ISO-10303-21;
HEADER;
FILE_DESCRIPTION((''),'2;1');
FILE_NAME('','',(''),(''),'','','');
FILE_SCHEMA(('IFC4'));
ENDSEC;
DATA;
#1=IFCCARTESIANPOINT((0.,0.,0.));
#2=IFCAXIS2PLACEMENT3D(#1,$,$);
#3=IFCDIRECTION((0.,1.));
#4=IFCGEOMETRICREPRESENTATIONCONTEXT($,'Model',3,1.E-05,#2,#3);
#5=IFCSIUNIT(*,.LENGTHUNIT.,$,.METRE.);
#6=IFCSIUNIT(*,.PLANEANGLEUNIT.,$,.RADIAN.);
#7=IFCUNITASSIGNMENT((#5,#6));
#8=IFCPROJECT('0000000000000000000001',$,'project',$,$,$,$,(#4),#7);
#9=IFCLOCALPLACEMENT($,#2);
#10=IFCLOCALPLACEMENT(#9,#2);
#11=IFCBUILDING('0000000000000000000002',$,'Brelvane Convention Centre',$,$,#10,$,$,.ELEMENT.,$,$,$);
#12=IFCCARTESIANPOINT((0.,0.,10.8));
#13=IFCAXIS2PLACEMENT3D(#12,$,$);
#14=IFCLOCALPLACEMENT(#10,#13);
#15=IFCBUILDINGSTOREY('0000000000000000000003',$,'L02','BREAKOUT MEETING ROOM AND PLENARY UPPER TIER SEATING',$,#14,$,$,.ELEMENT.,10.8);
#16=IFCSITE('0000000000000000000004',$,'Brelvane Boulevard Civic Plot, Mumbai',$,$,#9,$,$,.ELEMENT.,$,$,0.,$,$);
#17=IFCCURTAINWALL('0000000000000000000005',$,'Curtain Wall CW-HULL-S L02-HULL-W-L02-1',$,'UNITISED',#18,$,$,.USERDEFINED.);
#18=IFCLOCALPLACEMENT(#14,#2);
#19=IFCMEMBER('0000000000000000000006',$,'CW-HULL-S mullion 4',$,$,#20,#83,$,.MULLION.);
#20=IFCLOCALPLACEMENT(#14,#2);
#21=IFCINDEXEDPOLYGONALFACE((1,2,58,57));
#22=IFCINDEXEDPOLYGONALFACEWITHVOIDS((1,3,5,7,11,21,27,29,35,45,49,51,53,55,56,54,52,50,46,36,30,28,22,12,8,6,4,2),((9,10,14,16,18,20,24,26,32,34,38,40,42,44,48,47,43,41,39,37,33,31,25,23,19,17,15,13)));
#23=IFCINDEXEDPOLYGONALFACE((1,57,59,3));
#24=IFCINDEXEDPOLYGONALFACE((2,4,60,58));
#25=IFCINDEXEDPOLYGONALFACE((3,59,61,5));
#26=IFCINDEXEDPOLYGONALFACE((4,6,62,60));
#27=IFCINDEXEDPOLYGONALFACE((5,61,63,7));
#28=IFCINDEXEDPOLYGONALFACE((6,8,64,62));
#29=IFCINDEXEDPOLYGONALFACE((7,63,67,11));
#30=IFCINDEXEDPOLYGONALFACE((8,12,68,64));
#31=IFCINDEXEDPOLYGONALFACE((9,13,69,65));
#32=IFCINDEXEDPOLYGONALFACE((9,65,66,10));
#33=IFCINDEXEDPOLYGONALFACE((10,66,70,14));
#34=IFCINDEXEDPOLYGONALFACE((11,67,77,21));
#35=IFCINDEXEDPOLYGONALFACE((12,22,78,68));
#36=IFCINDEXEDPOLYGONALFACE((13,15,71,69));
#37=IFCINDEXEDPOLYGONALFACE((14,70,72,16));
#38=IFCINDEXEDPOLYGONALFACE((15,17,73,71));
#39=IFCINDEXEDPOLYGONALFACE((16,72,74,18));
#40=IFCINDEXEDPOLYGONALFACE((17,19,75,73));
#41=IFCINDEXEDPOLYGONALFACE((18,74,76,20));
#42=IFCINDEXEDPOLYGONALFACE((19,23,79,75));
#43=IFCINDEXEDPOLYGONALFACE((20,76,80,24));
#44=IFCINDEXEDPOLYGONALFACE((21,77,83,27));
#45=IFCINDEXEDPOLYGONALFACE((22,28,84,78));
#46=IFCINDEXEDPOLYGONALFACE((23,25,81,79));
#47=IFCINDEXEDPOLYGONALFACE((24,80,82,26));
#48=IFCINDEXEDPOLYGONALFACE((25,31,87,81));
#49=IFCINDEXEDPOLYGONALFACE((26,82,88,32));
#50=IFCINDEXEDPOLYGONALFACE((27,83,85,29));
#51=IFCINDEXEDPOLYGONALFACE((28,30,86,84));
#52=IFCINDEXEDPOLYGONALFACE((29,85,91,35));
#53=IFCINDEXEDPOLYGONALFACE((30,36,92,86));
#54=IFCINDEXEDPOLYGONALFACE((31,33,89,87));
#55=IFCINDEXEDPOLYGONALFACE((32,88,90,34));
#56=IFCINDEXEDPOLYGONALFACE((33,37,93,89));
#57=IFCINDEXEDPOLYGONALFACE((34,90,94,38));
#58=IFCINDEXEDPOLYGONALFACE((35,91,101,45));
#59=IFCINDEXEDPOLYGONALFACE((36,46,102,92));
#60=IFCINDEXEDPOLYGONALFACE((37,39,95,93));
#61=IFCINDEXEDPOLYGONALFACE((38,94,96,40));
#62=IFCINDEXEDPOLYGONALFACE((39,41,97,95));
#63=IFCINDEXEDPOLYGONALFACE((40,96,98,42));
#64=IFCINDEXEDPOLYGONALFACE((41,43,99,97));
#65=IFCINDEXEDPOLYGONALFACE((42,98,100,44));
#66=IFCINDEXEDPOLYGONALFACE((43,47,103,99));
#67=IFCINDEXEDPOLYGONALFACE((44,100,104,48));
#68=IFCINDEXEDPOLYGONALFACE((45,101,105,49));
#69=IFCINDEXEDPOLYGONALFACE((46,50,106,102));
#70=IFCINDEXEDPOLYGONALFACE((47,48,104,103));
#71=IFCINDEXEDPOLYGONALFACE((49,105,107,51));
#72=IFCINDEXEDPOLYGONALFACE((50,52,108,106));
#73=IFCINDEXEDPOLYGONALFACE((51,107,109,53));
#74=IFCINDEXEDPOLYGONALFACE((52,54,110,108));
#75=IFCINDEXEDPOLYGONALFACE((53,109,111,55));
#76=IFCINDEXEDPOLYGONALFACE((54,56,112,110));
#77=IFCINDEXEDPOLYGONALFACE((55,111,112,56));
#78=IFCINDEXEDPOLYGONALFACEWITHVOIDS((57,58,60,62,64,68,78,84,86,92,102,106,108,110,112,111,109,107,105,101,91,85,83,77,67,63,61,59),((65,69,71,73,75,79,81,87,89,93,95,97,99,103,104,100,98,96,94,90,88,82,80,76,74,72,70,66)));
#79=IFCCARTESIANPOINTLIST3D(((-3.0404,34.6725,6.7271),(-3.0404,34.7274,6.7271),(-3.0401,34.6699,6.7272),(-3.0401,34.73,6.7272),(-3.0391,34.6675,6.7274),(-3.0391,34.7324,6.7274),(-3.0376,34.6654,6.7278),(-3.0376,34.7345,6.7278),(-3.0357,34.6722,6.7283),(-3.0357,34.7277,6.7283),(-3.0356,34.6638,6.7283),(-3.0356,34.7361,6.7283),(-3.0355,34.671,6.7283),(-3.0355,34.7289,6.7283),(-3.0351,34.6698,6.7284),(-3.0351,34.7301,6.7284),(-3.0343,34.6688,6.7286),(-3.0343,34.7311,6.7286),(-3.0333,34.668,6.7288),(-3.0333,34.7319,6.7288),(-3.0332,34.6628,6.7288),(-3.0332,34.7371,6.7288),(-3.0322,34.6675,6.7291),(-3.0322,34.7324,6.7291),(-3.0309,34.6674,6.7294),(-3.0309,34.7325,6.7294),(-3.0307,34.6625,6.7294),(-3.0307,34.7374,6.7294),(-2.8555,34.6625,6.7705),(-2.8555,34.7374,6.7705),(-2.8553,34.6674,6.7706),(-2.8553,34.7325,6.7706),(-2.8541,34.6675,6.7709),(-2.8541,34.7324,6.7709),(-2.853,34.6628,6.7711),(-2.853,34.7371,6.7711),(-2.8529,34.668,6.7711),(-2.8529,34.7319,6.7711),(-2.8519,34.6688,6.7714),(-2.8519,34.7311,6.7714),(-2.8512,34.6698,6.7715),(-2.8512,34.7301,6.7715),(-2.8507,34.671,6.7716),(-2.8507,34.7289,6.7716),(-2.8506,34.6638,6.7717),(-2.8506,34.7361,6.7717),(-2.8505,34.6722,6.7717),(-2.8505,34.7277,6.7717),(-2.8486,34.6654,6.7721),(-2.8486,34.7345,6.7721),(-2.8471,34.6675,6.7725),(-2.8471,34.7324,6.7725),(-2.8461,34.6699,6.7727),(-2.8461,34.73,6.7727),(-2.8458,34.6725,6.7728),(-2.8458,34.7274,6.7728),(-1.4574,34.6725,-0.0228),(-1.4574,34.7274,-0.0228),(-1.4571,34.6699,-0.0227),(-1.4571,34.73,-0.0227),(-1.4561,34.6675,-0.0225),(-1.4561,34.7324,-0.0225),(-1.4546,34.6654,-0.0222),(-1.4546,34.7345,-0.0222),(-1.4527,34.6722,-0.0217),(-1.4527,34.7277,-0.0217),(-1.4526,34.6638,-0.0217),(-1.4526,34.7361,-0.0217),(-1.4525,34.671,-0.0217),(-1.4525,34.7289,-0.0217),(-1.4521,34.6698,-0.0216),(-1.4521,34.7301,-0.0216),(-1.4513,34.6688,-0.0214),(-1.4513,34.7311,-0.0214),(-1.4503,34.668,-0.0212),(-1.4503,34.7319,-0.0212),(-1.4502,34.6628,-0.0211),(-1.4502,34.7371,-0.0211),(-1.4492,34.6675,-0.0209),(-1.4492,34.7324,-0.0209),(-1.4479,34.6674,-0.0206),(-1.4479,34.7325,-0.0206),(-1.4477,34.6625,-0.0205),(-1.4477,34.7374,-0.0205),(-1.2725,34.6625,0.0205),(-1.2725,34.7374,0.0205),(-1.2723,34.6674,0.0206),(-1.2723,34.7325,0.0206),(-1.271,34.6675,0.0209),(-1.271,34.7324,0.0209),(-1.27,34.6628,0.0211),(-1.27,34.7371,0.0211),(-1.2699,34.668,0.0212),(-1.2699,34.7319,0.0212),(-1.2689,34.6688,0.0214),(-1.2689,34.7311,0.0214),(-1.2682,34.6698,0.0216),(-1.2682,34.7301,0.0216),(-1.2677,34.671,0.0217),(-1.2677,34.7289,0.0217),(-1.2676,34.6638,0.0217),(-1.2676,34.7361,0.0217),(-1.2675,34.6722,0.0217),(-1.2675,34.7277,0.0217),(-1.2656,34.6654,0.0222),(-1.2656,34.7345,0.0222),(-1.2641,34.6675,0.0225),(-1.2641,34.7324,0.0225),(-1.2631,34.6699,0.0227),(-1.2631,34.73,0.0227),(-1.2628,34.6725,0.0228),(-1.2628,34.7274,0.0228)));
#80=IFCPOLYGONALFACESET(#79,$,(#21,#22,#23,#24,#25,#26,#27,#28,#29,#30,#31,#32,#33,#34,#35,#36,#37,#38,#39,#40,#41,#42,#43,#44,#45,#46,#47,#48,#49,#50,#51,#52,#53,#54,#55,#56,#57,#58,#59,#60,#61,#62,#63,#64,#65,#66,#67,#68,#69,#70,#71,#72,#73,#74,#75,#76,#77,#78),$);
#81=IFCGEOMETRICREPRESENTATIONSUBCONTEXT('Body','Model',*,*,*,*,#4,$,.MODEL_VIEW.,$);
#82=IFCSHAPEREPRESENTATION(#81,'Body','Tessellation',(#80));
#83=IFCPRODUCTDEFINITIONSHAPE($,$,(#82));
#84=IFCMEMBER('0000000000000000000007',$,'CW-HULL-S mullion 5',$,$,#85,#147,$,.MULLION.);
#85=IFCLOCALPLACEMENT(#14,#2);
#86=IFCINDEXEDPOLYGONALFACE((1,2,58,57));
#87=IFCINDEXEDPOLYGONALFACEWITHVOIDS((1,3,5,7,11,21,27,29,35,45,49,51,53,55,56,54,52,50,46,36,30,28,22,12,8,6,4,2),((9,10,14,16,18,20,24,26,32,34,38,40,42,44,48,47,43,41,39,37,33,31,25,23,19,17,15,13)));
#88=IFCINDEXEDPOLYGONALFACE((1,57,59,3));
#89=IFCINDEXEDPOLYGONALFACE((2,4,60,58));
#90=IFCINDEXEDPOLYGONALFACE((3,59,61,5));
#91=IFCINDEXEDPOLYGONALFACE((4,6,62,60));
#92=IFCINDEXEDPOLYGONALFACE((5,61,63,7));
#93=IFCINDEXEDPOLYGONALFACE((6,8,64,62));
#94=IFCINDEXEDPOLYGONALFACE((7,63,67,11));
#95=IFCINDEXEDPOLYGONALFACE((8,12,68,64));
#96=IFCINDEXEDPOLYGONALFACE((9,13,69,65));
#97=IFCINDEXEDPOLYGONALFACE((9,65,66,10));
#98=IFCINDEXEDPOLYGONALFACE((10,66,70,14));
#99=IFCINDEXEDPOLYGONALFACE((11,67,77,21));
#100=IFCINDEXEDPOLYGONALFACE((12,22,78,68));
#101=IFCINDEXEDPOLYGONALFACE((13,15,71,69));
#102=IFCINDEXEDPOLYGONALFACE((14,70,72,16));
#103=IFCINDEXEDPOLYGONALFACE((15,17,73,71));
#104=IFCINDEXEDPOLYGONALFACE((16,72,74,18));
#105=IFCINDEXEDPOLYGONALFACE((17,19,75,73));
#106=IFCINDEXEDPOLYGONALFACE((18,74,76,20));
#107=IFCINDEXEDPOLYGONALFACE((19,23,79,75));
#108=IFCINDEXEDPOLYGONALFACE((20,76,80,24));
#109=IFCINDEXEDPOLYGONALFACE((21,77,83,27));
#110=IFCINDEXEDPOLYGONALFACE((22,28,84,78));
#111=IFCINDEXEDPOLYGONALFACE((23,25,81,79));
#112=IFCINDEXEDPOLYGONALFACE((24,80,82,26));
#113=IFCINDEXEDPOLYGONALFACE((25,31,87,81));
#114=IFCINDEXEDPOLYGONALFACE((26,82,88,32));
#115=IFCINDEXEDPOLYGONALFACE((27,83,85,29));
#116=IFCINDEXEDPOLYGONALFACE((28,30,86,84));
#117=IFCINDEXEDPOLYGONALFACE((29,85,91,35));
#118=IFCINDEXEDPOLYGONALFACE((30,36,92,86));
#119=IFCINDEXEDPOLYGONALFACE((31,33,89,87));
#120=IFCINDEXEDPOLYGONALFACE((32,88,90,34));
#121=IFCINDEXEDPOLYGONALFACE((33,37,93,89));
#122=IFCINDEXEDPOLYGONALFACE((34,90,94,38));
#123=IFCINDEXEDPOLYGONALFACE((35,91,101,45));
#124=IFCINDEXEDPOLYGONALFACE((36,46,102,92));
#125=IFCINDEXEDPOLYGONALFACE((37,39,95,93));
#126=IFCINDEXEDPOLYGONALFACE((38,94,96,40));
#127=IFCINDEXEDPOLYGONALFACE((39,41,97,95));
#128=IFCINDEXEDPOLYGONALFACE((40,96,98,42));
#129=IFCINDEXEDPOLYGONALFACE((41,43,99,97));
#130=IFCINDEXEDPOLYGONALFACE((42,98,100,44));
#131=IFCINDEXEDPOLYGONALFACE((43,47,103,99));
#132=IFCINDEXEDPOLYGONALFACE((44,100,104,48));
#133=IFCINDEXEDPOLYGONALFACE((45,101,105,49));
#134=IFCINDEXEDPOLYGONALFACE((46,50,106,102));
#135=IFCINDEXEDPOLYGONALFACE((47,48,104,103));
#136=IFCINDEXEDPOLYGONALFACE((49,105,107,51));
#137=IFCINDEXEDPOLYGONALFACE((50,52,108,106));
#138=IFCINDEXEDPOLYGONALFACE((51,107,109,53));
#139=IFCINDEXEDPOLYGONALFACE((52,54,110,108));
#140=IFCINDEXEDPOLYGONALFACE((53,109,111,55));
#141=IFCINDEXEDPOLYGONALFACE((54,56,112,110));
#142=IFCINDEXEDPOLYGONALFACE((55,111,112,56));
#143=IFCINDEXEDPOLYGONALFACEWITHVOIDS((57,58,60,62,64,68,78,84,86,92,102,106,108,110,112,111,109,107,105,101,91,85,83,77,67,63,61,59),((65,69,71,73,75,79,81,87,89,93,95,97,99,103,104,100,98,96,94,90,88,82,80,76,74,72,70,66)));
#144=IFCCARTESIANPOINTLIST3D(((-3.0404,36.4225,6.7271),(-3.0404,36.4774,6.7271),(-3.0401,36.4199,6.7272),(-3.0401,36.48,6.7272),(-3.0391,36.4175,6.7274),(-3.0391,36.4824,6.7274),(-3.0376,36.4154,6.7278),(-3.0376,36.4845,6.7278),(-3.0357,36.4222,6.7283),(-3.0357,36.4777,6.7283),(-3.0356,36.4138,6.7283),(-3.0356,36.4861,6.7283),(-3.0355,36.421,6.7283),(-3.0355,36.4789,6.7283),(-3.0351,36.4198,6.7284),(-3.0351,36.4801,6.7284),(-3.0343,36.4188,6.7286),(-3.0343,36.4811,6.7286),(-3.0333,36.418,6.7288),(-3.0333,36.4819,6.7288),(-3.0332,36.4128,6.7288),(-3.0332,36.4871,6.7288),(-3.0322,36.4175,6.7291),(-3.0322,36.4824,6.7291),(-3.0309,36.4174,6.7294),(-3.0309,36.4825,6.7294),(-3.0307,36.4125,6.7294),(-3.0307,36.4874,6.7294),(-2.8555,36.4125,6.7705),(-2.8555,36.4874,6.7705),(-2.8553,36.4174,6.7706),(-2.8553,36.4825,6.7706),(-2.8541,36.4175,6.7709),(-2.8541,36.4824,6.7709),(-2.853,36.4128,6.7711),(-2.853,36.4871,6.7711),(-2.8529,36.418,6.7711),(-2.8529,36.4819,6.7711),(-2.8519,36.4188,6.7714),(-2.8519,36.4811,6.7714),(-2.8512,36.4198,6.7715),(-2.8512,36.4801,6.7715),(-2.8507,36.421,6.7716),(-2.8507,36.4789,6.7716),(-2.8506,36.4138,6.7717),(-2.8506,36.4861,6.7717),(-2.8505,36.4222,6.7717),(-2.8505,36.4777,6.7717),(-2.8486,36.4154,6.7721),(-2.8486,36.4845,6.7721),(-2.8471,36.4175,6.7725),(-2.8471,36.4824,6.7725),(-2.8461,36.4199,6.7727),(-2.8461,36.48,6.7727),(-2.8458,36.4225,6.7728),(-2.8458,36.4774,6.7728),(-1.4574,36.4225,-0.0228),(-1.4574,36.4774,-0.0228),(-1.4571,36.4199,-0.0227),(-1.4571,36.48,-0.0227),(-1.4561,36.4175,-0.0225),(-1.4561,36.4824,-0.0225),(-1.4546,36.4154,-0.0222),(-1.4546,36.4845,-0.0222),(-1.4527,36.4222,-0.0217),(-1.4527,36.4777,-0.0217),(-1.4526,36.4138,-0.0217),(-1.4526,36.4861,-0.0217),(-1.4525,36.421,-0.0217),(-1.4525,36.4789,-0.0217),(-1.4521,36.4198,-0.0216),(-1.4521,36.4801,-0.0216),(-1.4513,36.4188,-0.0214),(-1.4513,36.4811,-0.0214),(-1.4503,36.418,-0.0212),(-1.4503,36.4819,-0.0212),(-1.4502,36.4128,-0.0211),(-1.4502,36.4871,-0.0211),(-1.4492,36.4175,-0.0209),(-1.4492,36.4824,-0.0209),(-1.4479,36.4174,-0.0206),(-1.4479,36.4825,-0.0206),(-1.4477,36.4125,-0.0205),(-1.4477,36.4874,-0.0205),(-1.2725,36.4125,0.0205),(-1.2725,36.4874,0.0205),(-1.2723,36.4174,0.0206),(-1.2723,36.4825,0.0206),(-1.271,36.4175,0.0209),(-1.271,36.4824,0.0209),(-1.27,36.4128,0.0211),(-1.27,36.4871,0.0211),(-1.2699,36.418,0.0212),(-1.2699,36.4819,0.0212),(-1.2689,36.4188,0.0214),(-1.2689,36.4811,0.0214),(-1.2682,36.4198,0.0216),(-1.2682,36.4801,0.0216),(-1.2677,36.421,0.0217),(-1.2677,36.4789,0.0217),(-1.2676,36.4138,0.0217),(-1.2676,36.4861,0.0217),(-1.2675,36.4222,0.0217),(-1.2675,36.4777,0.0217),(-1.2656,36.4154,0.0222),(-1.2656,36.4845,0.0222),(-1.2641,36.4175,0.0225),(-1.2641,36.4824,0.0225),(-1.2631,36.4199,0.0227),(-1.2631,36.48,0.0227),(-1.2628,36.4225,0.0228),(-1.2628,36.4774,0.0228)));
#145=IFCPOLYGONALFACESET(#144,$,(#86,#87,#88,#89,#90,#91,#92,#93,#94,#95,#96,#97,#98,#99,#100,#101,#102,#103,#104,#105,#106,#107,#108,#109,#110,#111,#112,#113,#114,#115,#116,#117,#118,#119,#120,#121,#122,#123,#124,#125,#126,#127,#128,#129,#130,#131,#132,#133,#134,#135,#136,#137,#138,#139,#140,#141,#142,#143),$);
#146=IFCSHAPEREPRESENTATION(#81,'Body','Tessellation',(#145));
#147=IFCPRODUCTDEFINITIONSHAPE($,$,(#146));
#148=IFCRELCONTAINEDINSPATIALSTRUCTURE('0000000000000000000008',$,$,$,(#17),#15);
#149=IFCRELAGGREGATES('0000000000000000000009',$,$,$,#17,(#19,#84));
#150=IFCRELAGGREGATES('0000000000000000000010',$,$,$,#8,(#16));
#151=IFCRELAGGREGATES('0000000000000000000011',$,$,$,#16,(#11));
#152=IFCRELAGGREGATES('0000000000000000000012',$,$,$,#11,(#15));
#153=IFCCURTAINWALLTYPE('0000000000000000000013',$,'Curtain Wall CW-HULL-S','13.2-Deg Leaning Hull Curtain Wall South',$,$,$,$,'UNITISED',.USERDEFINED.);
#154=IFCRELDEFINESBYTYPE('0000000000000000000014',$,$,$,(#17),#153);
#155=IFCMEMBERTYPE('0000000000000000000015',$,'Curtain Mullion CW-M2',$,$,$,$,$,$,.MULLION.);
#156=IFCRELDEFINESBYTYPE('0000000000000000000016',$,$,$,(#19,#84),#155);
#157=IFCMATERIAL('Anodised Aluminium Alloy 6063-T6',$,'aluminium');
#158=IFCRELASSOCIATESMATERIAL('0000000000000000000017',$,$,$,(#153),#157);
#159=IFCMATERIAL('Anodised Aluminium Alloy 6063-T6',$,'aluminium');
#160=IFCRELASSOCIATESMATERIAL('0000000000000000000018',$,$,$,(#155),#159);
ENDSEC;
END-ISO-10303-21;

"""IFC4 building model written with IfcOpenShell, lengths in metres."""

from ifc_helpers import new_model, si_unit, direction, frame, origin, origin_2d, place, context, subcontext, project, spatial, hollow_rectangle, extrude, material, material_profile, profile_set, type_object, element, aggregate, save


model = new_model("IFC4")

# Units and contexts
model_context = context("Model", 3, precision=1e-05, world=origin(), true_north=direction((0.0, 1.0)))
body_context = subcontext(model_context, "Body", "Model", "MODEL_VIEW")
ifc_project = project(units=[si_unit("LENGTHUNIT", "METRE"), si_unit("PLANEANGLEUNIT", "RADIAN")], contexts=[model_context])

# Site, building, storey
site_placement = place(None, origin())
site = spatial("IfcSite", under=ifc_project, at=site_placement, Name="Brelvane Boulevard Civic Plot, Mumbai", CompositionType="ELEMENT", RefElevation=0.0)
building_placement = place(site_placement, origin())
building = spatial("IfcBuilding", under=site, at=building_placement, Name="Brelvane Convention Centre", CompositionType="ELEMENT")
storey_placement = place(building_placement, frame((0.0, 0.0, 10.8)))
storey = spatial("IfcBuildingStorey", under=building, at=storey_placement, Name="L02", Description="BREAKOUT MEETING ROOM AND PLENARY UPPER TIER SEATING", CompositionType="ELEMENT", Elevation=10.8)

# Curtain wall, members
ifc_material_1 = material(Name="Anodised Aluminium Alloy 6063-T6", Category="aluminium")
curtain_wall_type = type_object("IfcCurtainWallType", Name="Curtain Wall CW-HULL-S", Description="13.2-Deg Leaning Hull Curtain Wall South", ElementType="UNITISED", PredefinedType="USERDEFINED", material=ifc_material_1)
curtain_wall_1_placement = place(storey_placement, origin())
curtain_wall_1 = element("IfcCurtainWall", 1, at=curtain_wall_1_placement, inside=storey, type_object=curtain_wall_type, Name="Curtain Wall CW-HULL-S L02-HULL-W-L02-1", ObjectType="UNITISED", PredefinedType="USERDEFINED")
ifc_material_2 = material(Name="Anodised Aluminium Alloy 6063-T6", Category="aluminium")
ifc_material_profile_1 = material_profile(ifc_material_2, hollow_rectangle(XDim=0.075, YDim=0.2, WallThickness=0.0049, InnerFilletRadius=0.0049, OuterFilletRadius=0.01, at=origin_2d()), Name="ALU-M 200x75x5.0")
ifc_profile_set_1 = profile_set([ifc_material_profile_1], Name="Anodised Aluminium Alloy 6063-T6")
member_type_1 = type_object("IfcMemberType", Name="Curtain Mullion CW-M2", PredefinedType="MULLION", material=ifc_profile_set_1)
member_1_placement = place(storey_placement, frame((-1.3601, 34.7, 0.0), z_axis=(-0.228325, 0.0, 0.973585), x_axis=(0.0, -1.0, 0.0)))
member_1 = element("IfcMember", 2, at=member_1_placement, type_object=member_type_1, Name="CW-HULL-S mullion 4", PredefinedType="MULLION", context=body_context, shape_type="SweptSolid", body=[
    extrude(hollow_rectangle(XDim=0.075, YDim=0.2, WallThickness=0.0049, InnerFilletRadius=0.0049, OuterFilletRadius=0.01, at=origin_2d()), origin(), (0.0, 0.0, 1.0), 6.9331),
])
member_2_placement = place(storey_placement, frame((-1.3601, 36.45, 0.0), z_axis=(-0.228325, 0.0, 0.973585), x_axis=(0.0, -1.0, 0.0)))
member_2 = element("IfcMember", 3, at=member_2_placement, type_object=member_type_1, Name="CW-HULL-S mullion 5", PredefinedType="MULLION", context=body_context, shape_type="SweptSolid", body=[
    extrude(hollow_rectangle(XDim=0.075, YDim=0.2, WallThickness=0.0049, InnerFilletRadius=0.0049, OuterFilletRadius=0.01, at=origin_2d()), origin(), (0.0, 0.0, 1.0), 6.9331),
])

aggregate(curtain_wall_1, [member_1, member_2])

save(model, "model.ifc")
